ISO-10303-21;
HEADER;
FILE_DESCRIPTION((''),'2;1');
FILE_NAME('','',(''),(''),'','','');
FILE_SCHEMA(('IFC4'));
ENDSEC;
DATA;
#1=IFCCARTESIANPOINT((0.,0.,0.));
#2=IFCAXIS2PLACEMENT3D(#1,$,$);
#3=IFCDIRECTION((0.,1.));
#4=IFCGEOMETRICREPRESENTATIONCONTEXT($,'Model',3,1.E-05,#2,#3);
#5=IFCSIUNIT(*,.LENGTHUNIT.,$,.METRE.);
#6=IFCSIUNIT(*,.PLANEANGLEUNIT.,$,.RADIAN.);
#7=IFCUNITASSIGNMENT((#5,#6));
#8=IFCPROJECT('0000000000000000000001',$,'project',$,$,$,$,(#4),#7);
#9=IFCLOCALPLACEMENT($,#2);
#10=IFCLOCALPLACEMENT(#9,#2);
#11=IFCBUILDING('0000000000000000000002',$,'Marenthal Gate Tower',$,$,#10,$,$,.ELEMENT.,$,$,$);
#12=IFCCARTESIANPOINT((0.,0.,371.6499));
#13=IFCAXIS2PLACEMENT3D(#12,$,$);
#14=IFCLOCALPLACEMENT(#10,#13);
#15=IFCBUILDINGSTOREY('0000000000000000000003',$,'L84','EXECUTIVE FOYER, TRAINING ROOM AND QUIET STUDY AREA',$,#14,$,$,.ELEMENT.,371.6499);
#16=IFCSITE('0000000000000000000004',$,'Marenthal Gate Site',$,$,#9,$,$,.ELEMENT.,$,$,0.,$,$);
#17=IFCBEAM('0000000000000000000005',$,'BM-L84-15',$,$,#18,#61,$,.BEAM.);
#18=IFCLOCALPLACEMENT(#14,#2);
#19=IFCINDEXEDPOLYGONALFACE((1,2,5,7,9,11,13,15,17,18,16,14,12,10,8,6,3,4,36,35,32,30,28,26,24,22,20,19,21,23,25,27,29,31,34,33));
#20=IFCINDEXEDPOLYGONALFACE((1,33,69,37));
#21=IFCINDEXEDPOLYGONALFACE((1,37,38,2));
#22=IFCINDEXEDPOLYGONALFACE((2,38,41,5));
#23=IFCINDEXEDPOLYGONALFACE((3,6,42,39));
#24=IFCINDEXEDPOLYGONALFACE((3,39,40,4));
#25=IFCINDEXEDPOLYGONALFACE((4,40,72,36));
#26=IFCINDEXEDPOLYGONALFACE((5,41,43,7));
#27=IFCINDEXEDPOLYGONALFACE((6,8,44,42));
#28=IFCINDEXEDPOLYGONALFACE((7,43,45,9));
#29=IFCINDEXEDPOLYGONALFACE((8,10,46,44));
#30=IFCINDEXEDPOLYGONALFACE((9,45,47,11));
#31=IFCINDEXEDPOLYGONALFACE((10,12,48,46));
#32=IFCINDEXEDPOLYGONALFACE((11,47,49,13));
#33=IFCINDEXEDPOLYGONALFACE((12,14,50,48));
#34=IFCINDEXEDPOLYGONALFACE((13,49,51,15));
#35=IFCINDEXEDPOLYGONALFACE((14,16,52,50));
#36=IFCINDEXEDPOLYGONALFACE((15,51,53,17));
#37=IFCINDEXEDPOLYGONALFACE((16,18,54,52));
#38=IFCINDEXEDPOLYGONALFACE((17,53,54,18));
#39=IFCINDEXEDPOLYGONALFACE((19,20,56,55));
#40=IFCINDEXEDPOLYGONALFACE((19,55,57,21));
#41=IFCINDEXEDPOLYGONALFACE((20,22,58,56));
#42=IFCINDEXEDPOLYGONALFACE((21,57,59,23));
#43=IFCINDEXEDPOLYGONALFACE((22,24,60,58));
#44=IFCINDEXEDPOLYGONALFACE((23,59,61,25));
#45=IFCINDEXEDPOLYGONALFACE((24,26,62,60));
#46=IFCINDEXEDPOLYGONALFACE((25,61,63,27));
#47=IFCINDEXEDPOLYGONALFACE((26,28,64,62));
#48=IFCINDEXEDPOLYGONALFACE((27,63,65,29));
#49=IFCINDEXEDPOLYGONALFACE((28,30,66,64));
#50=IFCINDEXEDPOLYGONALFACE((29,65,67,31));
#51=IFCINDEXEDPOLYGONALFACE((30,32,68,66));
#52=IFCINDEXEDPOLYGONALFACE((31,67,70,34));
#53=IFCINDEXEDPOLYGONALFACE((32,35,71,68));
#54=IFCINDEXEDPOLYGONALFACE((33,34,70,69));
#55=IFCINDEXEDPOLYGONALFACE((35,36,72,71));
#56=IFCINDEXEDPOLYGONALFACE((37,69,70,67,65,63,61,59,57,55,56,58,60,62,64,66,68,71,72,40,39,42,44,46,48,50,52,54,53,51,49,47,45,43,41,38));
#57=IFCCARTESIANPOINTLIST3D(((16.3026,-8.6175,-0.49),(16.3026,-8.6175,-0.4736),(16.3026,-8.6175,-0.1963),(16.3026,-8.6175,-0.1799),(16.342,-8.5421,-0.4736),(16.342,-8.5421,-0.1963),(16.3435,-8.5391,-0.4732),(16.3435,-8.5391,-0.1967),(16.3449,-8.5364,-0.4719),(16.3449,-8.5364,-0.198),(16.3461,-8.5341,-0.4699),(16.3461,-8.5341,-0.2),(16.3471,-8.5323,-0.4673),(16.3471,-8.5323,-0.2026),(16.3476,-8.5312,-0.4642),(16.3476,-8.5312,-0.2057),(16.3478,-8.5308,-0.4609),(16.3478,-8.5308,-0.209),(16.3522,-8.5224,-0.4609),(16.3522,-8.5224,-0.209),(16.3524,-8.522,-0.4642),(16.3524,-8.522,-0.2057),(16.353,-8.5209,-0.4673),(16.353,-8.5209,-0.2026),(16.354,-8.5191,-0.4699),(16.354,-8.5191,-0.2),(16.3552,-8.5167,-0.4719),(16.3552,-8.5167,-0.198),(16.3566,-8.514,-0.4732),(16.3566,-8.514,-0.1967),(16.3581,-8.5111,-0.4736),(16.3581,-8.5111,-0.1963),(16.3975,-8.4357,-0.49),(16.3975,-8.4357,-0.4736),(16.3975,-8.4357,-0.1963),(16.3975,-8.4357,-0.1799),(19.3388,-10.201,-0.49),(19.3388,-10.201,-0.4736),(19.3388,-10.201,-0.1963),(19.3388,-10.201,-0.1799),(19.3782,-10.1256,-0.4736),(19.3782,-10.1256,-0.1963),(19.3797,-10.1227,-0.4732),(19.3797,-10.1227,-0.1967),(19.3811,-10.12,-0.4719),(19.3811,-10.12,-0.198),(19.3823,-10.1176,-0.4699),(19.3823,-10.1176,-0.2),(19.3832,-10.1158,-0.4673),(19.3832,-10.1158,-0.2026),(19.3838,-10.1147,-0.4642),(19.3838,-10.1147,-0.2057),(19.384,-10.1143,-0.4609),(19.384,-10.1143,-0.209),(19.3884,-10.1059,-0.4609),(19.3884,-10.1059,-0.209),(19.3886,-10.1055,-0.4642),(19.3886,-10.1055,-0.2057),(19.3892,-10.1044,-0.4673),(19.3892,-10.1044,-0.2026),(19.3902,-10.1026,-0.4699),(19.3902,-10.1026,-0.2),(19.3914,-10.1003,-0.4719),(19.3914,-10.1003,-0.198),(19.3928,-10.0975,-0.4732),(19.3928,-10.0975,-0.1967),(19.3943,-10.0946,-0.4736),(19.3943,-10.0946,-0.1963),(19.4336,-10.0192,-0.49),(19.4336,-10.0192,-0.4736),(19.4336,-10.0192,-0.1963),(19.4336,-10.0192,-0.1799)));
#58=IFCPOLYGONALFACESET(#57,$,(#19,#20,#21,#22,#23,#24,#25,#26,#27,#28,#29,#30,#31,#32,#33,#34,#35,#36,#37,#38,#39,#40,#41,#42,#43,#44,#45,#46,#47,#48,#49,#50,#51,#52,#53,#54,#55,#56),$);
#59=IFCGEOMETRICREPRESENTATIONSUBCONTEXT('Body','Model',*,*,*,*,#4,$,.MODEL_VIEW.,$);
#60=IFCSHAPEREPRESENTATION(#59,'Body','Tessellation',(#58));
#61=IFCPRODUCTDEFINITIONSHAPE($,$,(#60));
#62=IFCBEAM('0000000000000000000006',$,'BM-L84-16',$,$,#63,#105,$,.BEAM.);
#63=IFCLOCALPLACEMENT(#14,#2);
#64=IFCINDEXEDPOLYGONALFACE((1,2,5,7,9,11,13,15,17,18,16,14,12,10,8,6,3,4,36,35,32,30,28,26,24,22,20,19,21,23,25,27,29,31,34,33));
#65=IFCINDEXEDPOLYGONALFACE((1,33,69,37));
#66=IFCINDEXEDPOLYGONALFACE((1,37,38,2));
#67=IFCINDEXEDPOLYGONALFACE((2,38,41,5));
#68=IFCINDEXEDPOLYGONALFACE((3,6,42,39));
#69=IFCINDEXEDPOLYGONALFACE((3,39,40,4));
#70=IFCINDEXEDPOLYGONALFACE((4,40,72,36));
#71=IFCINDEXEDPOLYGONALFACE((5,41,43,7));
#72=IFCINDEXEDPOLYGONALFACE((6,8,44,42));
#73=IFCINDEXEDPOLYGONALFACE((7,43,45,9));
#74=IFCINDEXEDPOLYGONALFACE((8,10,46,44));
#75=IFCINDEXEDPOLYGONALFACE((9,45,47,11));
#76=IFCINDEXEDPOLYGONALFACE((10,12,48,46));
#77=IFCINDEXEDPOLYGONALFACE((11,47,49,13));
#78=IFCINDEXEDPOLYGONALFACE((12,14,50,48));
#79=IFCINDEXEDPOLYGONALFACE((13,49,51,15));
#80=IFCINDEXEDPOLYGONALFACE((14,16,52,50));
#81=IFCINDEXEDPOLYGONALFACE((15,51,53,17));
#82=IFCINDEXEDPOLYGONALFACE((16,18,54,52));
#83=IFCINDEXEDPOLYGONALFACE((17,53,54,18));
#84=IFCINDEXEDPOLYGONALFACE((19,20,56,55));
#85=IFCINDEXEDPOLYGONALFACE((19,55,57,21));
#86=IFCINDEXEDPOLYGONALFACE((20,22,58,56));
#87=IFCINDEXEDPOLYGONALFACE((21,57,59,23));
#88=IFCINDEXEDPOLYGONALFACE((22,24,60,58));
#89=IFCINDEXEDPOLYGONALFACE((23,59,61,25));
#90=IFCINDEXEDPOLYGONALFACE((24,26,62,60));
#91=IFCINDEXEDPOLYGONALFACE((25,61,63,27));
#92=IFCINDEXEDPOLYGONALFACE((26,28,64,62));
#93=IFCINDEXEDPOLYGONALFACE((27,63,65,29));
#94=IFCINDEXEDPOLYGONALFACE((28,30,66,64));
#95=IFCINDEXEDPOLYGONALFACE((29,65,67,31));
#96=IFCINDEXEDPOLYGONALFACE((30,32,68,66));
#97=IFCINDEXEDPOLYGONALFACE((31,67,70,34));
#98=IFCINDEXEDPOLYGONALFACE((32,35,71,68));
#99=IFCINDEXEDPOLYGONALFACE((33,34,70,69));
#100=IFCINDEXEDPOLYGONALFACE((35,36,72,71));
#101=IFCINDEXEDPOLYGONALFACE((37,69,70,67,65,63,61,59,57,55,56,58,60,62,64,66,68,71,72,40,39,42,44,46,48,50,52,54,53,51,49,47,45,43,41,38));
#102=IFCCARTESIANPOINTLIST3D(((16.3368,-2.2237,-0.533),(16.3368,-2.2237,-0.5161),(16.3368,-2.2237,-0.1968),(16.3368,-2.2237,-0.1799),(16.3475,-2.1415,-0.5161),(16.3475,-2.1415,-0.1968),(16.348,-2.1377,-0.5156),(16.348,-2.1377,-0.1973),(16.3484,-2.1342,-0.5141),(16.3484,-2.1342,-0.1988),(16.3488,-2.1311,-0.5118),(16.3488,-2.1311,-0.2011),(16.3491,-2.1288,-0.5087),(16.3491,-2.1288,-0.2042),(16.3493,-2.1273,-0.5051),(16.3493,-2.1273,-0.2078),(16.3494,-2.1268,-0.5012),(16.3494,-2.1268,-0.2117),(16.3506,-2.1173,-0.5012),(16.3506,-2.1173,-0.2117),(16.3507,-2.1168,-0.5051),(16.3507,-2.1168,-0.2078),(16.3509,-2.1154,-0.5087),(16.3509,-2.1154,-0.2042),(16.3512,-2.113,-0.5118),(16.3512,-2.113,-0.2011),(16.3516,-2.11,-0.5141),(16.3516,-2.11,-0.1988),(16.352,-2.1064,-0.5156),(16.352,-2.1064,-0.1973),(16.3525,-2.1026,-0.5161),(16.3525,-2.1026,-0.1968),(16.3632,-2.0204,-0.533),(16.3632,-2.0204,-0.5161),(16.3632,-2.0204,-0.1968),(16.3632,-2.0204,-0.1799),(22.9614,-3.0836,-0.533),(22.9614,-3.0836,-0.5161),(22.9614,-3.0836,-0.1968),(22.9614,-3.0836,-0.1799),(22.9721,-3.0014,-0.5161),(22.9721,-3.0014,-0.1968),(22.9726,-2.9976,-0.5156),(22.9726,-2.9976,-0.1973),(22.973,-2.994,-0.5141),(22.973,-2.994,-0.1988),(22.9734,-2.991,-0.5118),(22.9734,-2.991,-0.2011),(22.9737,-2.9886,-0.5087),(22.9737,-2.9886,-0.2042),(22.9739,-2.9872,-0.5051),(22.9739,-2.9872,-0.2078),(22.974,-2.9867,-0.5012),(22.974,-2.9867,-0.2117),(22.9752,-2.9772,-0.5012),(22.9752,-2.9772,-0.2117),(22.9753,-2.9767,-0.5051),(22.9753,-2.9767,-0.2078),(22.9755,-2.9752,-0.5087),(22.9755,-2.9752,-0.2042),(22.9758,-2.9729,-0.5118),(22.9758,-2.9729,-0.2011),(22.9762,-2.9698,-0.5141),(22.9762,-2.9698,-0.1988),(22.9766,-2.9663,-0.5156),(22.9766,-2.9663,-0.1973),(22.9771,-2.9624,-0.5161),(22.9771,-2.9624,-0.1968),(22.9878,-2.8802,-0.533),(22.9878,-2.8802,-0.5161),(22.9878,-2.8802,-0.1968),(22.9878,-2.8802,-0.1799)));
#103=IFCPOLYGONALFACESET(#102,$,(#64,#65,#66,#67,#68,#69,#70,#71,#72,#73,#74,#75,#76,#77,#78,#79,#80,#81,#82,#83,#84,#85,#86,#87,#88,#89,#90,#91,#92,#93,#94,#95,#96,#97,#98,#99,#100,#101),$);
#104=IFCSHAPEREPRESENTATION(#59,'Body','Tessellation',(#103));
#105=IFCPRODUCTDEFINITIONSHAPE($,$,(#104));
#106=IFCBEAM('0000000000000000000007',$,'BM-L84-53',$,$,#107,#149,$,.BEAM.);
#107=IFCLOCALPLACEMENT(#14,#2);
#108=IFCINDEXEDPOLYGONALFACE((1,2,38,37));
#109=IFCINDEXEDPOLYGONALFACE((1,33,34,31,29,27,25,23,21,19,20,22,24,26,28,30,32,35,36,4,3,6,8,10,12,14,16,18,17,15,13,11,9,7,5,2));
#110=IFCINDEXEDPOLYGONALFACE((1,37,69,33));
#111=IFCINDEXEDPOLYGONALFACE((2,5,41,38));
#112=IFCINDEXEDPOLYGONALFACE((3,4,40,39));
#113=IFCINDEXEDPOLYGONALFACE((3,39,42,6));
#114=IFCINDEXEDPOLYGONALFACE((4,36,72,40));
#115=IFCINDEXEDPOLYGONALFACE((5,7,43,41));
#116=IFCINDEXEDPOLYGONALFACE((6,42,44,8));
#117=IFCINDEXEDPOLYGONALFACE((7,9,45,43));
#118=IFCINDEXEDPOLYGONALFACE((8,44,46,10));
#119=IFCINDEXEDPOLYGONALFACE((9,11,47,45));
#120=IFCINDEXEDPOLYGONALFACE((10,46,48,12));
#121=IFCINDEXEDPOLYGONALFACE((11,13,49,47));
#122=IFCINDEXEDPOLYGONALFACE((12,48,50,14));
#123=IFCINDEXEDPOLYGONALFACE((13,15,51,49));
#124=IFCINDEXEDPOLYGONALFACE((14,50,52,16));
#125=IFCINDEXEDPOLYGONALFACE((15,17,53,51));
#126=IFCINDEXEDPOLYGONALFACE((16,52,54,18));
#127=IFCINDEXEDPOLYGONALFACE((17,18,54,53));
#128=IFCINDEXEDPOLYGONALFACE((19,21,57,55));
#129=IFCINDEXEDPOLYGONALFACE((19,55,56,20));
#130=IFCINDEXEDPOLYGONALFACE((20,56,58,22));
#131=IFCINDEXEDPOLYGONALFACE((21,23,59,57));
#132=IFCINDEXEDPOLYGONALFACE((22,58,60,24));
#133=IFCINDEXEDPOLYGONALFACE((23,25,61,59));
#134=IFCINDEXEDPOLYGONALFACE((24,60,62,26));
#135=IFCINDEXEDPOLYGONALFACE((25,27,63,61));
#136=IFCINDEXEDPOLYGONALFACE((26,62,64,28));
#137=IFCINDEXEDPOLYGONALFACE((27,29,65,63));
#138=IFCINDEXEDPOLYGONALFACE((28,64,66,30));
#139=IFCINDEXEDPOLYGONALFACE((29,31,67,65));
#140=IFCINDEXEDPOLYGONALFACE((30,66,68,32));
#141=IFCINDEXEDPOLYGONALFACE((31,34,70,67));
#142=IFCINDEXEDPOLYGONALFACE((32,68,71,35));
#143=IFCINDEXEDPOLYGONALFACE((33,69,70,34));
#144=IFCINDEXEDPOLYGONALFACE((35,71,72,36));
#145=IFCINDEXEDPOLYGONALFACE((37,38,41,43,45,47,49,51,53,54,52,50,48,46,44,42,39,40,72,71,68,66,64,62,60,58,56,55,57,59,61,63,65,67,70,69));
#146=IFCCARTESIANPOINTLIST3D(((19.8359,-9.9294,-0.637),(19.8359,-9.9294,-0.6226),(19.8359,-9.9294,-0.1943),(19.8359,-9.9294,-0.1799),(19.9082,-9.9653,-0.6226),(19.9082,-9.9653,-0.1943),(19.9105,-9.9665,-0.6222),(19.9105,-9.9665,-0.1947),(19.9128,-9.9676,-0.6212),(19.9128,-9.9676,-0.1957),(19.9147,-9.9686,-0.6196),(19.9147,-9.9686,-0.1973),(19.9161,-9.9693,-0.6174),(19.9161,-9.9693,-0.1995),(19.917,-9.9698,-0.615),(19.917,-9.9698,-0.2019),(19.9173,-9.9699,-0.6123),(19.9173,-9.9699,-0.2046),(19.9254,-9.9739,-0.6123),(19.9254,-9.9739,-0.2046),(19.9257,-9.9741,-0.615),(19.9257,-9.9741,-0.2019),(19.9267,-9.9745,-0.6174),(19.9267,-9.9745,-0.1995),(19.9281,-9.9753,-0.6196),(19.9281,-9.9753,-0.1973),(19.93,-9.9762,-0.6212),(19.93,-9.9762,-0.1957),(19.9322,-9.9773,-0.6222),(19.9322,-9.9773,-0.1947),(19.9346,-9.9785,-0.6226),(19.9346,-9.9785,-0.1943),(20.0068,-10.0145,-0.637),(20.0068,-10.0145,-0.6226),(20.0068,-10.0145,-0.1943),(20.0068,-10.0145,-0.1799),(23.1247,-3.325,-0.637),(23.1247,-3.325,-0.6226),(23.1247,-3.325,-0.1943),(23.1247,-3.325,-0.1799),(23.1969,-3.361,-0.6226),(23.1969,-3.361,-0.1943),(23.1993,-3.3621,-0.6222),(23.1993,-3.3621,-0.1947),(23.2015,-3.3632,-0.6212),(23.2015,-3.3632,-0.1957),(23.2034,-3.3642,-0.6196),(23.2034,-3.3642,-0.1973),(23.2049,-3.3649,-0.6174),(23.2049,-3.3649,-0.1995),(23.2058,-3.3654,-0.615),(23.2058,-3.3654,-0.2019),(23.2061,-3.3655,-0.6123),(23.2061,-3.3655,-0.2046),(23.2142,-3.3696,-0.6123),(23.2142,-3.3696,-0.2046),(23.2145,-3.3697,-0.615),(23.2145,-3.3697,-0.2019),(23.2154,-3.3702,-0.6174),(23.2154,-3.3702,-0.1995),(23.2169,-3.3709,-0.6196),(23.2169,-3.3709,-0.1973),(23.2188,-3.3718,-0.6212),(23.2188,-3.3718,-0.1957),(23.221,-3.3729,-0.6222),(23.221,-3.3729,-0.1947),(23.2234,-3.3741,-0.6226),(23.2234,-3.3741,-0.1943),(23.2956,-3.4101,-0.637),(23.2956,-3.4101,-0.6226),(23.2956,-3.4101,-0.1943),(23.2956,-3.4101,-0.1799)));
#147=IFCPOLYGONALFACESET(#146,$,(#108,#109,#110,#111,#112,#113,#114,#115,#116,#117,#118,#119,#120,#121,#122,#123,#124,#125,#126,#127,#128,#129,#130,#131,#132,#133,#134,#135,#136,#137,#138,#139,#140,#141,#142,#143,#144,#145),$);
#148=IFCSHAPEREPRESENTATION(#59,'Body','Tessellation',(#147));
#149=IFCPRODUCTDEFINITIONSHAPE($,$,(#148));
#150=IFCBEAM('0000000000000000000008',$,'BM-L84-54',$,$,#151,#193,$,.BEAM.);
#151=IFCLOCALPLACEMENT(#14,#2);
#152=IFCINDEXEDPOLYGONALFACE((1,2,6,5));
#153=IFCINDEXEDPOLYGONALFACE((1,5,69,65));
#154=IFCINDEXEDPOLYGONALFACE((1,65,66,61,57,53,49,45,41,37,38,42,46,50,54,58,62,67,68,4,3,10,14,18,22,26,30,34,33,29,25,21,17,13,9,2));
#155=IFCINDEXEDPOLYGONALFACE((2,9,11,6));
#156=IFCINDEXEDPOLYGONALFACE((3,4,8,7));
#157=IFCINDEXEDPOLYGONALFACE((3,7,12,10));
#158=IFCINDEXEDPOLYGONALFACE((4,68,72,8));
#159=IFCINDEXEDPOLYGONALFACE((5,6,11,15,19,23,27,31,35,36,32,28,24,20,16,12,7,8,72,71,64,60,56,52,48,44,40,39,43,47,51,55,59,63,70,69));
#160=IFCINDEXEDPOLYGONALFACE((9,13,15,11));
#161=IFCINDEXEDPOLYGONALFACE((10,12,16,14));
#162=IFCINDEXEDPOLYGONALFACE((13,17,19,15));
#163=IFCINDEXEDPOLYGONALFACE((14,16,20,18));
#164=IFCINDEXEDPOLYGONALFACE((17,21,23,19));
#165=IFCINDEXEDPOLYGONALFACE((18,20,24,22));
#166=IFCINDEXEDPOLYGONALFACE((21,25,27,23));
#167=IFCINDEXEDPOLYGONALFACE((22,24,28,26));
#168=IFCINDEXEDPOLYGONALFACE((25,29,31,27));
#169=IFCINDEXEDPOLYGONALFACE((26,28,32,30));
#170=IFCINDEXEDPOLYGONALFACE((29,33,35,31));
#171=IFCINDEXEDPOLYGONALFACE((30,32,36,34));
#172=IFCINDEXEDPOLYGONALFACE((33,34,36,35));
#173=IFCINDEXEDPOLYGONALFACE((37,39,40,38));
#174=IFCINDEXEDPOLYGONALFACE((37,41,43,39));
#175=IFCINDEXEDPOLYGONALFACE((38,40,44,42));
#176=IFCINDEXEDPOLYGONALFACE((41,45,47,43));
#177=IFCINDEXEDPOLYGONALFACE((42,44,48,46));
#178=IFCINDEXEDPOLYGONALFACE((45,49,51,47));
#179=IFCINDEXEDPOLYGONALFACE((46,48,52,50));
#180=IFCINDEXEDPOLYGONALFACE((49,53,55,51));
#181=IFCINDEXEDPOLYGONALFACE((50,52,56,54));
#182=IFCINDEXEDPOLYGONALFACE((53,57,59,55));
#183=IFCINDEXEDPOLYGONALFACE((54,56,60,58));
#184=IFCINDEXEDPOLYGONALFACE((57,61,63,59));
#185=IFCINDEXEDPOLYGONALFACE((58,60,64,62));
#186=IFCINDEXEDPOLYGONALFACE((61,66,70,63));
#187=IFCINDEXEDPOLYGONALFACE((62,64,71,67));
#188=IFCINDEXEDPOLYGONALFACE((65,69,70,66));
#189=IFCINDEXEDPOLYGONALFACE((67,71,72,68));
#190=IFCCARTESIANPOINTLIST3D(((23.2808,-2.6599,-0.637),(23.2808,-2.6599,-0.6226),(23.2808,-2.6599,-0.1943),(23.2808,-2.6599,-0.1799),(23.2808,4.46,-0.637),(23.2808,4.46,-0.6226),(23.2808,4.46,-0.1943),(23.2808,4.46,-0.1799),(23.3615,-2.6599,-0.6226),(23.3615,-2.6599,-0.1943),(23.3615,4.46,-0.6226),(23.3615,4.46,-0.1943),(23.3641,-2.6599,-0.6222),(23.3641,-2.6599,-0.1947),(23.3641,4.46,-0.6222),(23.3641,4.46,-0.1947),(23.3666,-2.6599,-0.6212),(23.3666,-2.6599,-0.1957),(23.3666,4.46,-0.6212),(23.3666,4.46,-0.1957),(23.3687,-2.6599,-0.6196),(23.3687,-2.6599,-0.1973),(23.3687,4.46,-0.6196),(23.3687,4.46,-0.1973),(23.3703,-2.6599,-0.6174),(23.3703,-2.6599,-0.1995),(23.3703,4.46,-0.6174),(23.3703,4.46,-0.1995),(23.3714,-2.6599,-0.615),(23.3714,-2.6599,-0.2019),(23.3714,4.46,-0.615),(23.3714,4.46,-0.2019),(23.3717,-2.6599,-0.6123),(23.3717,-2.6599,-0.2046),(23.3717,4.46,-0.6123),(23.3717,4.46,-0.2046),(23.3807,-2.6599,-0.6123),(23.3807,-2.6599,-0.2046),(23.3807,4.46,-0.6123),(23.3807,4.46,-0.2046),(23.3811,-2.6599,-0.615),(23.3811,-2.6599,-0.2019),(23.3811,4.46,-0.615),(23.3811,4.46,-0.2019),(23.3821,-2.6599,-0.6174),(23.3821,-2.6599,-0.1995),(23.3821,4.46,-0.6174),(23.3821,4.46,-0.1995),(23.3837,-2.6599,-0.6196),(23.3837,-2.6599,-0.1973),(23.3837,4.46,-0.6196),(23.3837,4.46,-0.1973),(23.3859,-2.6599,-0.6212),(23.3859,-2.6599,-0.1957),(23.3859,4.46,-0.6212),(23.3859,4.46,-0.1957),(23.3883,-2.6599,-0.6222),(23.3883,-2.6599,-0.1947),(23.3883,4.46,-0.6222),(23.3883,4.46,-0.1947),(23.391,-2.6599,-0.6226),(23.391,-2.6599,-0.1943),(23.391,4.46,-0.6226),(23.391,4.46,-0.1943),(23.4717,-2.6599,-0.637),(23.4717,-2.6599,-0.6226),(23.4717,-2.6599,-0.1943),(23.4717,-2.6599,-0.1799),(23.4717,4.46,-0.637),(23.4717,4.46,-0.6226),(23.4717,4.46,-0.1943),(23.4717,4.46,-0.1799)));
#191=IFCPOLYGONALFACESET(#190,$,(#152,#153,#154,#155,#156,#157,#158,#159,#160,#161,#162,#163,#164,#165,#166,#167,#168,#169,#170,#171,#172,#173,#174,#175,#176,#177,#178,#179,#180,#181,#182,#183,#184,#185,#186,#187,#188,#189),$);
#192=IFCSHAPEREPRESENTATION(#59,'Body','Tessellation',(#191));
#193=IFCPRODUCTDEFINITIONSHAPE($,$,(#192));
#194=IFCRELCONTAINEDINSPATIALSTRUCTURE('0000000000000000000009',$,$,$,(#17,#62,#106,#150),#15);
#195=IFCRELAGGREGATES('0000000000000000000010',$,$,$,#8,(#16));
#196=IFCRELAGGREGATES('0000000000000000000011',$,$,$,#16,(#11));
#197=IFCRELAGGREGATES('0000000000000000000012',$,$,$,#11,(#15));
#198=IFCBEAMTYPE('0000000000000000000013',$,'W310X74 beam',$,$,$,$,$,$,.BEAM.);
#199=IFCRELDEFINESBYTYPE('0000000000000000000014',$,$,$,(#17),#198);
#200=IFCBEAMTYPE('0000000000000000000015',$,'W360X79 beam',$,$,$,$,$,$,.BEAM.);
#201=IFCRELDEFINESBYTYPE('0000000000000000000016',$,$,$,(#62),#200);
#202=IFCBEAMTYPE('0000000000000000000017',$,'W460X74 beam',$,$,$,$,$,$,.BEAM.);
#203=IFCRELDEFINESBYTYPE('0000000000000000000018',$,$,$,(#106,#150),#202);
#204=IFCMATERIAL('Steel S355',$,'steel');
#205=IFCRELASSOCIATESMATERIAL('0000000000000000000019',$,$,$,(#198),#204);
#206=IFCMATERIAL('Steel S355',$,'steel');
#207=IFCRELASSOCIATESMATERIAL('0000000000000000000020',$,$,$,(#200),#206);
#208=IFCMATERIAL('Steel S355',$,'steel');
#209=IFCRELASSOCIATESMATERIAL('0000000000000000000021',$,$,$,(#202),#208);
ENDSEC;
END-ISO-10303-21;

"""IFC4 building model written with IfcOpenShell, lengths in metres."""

from ifc_helpers import new_model, si_unit, direction, frame, origin, origin_2d, place, context, subcontext, project, spatial, i_section, extrude, material, material_profile, profile_set, type_object, element, save


model = new_model("IFC4")

# Units and contexts
model_context = context("Model", 3, precision=1e-05, world=origin(), true_north=direction((0.0, 1.0)))
body_context = subcontext(model_context, "Body", "Model", "MODEL_VIEW")
ifc_project = project(units=[si_unit("LENGTHUNIT", "METRE"), si_unit("PLANEANGLEUNIT", "RADIAN")], contexts=[model_context])

# Site, building, storey
site_placement = place(None, origin())
site = spatial("IfcSite", under=ifc_project, at=site_placement, Name="Marenthal Gate Site", CompositionType="ELEMENT", RefElevation=0.0)
building_placement = place(site_placement, origin())
building = spatial("IfcBuilding", under=site, at=building_placement, Name="Marenthal Gate Tower", CompositionType="ELEMENT")
storey_placement = place(building_placement, frame((0.0, 0.0, 371.6499)))
storey = spatial("IfcBuildingStorey", under=building, at=storey_placement, Name="L84", Description="EXECUTIVE FOYER, TRAINING ROOM AND QUIET STUDY AREA", CompositionType="ELEMENT", Elevation=371.6499)

# Beams
ifc_material_1 = material(Name="Steel S355", Category="steel")
ifc_material_profile_1 = material_profile(ifc_material_1, i_section(OverallWidth=0.2051, OverallDepth=0.3101, WebThickness=0.0095, FlangeThickness=0.0164, FilletRadius=0.0127, at=origin_2d()), Name="W310X74")
ifc_profile_set_1 = profile_set([ifc_material_profile_1], Name="Steel S355")
beam_type_1 = type_object("IfcBeamType", Name="W310X74 beam", PredefinedType="BEAM", material=ifc_profile_set_1)
beam_1_placement = place(storey_placement, frame((19.3862, -10.1101, -0.335), z_axis=(-0.886653, 0.462434, 0.0), x_axis=(-0.462434, -0.886653, 0.0)))
element("IfcBeam", 1, at=beam_1_placement, inside=storey, type_object=beam_type_1, Name="BM-L84-15", PredefinedType="BEAM", context=body_context, shape_type="SweptSolid", body=[
    extrude(i_section(OverallWidth=0.2051, OverallDepth=0.3101, WebThickness=0.0095, FlangeThickness=0.0164, FilletRadius=0.0127, at=origin_2d()), origin(), (0.0, 0.0, 1.0), 3.4243),
])
ifc_material_2 = material(Name="Steel S355", Category="steel")
ifc_material_profile_2 = material_profile(ifc_material_2, i_section(OverallWidth=0.2051, OverallDepth=0.353, WebThickness=0.0095, FlangeThickness=0.0168, FilletRadius=0.0149, at=origin_2d()), Name="W360X79")
ifc_profile_set_2 = profile_set([ifc_material_profile_2], Name="Steel S355")
beam_type_2 = type_object("IfcBeamType", Name="W360X79 beam", PredefinedType="BEAM", material=ifc_profile_set_2)
beam_2_placement = place(storey_placement, frame((22.9746, -2.9819, -0.3564), z_axis=(-0.991681, 0.12872, 0.0), x_axis=(-0.12872, -0.991681, 0.0)))
element("IfcBeam", 2, at=beam_2_placement, inside=storey, type_object=beam_type_2, Name="BM-L84-16", PredefinedType="BEAM", context=body_context, shape_type="SweptSolid", body=[
    extrude(i_section(OverallWidth=0.2051, OverallDepth=0.353, WebThickness=0.0095, FlangeThickness=0.0168, FilletRadius=0.0149, at=origin_2d()), origin(), (0.0, 0.0, 1.0), 6.6802),
])
ifc_material_3 = material(Name="Steel S355", Category="steel")
ifc_material_profile_3 = material_profile(ifc_material_3, i_section(OverallWidth=0.1909, OverallDepth=0.457, WebThickness=0.009, FlangeThickness=0.0144, FilletRadius=0.0103, at=origin_2d()), Name="W460X74")
ifc_profile_set_3 = profile_set([ifc_material_profile_3], Name="Steel S355")
beam_type_3 = type_object("IfcBeamType", Name="W460X74 beam", PredefinedType="BEAM", material=ifc_profile_set_3)
beam_3_placement = place(storey_placement, frame((19.9214, -9.9719, -0.4084), z_axis=(0.445757, 0.895154, 0.0), x_axis=(-0.895154, 0.445757, 0.0)))
element("IfcBeam", 3, at=beam_3_placement, inside=storey, type_object=beam_type_3, Name="BM-L84-53", PredefinedType="BEAM", context=body_context, shape_type="SweptSolid", body=[
    extrude(i_section(OverallWidth=0.1909, OverallDepth=0.457, WebThickness=0.009, FlangeThickness=0.0144, FilletRadius=0.0103, at=origin_2d()), origin(), (0.0, 0.0, 1.0), 7.3779),
])
beam_4_placement = place(storey_placement, frame((23.3762, -2.6599, -0.4084), z_axis=(0.0, 1.0, 0.0), x_axis=(-1.0, 0.0, 0.0)))
element("IfcBeam", 4, at=beam_4_placement, inside=storey, type_object=beam_type_3, Name="BM-L84-54", PredefinedType="BEAM", context=body_context, shape_type="SweptSolid", body=[
    extrude(i_section(OverallWidth=0.1909, OverallDepth=0.457, WebThickness=0.009, FlangeThickness=0.0144, FilletRadius=0.0103, at=origin_2d()), origin(), (0.0, 0.0, 1.0), 7.1199),
])

save(model, "model.ifc")
